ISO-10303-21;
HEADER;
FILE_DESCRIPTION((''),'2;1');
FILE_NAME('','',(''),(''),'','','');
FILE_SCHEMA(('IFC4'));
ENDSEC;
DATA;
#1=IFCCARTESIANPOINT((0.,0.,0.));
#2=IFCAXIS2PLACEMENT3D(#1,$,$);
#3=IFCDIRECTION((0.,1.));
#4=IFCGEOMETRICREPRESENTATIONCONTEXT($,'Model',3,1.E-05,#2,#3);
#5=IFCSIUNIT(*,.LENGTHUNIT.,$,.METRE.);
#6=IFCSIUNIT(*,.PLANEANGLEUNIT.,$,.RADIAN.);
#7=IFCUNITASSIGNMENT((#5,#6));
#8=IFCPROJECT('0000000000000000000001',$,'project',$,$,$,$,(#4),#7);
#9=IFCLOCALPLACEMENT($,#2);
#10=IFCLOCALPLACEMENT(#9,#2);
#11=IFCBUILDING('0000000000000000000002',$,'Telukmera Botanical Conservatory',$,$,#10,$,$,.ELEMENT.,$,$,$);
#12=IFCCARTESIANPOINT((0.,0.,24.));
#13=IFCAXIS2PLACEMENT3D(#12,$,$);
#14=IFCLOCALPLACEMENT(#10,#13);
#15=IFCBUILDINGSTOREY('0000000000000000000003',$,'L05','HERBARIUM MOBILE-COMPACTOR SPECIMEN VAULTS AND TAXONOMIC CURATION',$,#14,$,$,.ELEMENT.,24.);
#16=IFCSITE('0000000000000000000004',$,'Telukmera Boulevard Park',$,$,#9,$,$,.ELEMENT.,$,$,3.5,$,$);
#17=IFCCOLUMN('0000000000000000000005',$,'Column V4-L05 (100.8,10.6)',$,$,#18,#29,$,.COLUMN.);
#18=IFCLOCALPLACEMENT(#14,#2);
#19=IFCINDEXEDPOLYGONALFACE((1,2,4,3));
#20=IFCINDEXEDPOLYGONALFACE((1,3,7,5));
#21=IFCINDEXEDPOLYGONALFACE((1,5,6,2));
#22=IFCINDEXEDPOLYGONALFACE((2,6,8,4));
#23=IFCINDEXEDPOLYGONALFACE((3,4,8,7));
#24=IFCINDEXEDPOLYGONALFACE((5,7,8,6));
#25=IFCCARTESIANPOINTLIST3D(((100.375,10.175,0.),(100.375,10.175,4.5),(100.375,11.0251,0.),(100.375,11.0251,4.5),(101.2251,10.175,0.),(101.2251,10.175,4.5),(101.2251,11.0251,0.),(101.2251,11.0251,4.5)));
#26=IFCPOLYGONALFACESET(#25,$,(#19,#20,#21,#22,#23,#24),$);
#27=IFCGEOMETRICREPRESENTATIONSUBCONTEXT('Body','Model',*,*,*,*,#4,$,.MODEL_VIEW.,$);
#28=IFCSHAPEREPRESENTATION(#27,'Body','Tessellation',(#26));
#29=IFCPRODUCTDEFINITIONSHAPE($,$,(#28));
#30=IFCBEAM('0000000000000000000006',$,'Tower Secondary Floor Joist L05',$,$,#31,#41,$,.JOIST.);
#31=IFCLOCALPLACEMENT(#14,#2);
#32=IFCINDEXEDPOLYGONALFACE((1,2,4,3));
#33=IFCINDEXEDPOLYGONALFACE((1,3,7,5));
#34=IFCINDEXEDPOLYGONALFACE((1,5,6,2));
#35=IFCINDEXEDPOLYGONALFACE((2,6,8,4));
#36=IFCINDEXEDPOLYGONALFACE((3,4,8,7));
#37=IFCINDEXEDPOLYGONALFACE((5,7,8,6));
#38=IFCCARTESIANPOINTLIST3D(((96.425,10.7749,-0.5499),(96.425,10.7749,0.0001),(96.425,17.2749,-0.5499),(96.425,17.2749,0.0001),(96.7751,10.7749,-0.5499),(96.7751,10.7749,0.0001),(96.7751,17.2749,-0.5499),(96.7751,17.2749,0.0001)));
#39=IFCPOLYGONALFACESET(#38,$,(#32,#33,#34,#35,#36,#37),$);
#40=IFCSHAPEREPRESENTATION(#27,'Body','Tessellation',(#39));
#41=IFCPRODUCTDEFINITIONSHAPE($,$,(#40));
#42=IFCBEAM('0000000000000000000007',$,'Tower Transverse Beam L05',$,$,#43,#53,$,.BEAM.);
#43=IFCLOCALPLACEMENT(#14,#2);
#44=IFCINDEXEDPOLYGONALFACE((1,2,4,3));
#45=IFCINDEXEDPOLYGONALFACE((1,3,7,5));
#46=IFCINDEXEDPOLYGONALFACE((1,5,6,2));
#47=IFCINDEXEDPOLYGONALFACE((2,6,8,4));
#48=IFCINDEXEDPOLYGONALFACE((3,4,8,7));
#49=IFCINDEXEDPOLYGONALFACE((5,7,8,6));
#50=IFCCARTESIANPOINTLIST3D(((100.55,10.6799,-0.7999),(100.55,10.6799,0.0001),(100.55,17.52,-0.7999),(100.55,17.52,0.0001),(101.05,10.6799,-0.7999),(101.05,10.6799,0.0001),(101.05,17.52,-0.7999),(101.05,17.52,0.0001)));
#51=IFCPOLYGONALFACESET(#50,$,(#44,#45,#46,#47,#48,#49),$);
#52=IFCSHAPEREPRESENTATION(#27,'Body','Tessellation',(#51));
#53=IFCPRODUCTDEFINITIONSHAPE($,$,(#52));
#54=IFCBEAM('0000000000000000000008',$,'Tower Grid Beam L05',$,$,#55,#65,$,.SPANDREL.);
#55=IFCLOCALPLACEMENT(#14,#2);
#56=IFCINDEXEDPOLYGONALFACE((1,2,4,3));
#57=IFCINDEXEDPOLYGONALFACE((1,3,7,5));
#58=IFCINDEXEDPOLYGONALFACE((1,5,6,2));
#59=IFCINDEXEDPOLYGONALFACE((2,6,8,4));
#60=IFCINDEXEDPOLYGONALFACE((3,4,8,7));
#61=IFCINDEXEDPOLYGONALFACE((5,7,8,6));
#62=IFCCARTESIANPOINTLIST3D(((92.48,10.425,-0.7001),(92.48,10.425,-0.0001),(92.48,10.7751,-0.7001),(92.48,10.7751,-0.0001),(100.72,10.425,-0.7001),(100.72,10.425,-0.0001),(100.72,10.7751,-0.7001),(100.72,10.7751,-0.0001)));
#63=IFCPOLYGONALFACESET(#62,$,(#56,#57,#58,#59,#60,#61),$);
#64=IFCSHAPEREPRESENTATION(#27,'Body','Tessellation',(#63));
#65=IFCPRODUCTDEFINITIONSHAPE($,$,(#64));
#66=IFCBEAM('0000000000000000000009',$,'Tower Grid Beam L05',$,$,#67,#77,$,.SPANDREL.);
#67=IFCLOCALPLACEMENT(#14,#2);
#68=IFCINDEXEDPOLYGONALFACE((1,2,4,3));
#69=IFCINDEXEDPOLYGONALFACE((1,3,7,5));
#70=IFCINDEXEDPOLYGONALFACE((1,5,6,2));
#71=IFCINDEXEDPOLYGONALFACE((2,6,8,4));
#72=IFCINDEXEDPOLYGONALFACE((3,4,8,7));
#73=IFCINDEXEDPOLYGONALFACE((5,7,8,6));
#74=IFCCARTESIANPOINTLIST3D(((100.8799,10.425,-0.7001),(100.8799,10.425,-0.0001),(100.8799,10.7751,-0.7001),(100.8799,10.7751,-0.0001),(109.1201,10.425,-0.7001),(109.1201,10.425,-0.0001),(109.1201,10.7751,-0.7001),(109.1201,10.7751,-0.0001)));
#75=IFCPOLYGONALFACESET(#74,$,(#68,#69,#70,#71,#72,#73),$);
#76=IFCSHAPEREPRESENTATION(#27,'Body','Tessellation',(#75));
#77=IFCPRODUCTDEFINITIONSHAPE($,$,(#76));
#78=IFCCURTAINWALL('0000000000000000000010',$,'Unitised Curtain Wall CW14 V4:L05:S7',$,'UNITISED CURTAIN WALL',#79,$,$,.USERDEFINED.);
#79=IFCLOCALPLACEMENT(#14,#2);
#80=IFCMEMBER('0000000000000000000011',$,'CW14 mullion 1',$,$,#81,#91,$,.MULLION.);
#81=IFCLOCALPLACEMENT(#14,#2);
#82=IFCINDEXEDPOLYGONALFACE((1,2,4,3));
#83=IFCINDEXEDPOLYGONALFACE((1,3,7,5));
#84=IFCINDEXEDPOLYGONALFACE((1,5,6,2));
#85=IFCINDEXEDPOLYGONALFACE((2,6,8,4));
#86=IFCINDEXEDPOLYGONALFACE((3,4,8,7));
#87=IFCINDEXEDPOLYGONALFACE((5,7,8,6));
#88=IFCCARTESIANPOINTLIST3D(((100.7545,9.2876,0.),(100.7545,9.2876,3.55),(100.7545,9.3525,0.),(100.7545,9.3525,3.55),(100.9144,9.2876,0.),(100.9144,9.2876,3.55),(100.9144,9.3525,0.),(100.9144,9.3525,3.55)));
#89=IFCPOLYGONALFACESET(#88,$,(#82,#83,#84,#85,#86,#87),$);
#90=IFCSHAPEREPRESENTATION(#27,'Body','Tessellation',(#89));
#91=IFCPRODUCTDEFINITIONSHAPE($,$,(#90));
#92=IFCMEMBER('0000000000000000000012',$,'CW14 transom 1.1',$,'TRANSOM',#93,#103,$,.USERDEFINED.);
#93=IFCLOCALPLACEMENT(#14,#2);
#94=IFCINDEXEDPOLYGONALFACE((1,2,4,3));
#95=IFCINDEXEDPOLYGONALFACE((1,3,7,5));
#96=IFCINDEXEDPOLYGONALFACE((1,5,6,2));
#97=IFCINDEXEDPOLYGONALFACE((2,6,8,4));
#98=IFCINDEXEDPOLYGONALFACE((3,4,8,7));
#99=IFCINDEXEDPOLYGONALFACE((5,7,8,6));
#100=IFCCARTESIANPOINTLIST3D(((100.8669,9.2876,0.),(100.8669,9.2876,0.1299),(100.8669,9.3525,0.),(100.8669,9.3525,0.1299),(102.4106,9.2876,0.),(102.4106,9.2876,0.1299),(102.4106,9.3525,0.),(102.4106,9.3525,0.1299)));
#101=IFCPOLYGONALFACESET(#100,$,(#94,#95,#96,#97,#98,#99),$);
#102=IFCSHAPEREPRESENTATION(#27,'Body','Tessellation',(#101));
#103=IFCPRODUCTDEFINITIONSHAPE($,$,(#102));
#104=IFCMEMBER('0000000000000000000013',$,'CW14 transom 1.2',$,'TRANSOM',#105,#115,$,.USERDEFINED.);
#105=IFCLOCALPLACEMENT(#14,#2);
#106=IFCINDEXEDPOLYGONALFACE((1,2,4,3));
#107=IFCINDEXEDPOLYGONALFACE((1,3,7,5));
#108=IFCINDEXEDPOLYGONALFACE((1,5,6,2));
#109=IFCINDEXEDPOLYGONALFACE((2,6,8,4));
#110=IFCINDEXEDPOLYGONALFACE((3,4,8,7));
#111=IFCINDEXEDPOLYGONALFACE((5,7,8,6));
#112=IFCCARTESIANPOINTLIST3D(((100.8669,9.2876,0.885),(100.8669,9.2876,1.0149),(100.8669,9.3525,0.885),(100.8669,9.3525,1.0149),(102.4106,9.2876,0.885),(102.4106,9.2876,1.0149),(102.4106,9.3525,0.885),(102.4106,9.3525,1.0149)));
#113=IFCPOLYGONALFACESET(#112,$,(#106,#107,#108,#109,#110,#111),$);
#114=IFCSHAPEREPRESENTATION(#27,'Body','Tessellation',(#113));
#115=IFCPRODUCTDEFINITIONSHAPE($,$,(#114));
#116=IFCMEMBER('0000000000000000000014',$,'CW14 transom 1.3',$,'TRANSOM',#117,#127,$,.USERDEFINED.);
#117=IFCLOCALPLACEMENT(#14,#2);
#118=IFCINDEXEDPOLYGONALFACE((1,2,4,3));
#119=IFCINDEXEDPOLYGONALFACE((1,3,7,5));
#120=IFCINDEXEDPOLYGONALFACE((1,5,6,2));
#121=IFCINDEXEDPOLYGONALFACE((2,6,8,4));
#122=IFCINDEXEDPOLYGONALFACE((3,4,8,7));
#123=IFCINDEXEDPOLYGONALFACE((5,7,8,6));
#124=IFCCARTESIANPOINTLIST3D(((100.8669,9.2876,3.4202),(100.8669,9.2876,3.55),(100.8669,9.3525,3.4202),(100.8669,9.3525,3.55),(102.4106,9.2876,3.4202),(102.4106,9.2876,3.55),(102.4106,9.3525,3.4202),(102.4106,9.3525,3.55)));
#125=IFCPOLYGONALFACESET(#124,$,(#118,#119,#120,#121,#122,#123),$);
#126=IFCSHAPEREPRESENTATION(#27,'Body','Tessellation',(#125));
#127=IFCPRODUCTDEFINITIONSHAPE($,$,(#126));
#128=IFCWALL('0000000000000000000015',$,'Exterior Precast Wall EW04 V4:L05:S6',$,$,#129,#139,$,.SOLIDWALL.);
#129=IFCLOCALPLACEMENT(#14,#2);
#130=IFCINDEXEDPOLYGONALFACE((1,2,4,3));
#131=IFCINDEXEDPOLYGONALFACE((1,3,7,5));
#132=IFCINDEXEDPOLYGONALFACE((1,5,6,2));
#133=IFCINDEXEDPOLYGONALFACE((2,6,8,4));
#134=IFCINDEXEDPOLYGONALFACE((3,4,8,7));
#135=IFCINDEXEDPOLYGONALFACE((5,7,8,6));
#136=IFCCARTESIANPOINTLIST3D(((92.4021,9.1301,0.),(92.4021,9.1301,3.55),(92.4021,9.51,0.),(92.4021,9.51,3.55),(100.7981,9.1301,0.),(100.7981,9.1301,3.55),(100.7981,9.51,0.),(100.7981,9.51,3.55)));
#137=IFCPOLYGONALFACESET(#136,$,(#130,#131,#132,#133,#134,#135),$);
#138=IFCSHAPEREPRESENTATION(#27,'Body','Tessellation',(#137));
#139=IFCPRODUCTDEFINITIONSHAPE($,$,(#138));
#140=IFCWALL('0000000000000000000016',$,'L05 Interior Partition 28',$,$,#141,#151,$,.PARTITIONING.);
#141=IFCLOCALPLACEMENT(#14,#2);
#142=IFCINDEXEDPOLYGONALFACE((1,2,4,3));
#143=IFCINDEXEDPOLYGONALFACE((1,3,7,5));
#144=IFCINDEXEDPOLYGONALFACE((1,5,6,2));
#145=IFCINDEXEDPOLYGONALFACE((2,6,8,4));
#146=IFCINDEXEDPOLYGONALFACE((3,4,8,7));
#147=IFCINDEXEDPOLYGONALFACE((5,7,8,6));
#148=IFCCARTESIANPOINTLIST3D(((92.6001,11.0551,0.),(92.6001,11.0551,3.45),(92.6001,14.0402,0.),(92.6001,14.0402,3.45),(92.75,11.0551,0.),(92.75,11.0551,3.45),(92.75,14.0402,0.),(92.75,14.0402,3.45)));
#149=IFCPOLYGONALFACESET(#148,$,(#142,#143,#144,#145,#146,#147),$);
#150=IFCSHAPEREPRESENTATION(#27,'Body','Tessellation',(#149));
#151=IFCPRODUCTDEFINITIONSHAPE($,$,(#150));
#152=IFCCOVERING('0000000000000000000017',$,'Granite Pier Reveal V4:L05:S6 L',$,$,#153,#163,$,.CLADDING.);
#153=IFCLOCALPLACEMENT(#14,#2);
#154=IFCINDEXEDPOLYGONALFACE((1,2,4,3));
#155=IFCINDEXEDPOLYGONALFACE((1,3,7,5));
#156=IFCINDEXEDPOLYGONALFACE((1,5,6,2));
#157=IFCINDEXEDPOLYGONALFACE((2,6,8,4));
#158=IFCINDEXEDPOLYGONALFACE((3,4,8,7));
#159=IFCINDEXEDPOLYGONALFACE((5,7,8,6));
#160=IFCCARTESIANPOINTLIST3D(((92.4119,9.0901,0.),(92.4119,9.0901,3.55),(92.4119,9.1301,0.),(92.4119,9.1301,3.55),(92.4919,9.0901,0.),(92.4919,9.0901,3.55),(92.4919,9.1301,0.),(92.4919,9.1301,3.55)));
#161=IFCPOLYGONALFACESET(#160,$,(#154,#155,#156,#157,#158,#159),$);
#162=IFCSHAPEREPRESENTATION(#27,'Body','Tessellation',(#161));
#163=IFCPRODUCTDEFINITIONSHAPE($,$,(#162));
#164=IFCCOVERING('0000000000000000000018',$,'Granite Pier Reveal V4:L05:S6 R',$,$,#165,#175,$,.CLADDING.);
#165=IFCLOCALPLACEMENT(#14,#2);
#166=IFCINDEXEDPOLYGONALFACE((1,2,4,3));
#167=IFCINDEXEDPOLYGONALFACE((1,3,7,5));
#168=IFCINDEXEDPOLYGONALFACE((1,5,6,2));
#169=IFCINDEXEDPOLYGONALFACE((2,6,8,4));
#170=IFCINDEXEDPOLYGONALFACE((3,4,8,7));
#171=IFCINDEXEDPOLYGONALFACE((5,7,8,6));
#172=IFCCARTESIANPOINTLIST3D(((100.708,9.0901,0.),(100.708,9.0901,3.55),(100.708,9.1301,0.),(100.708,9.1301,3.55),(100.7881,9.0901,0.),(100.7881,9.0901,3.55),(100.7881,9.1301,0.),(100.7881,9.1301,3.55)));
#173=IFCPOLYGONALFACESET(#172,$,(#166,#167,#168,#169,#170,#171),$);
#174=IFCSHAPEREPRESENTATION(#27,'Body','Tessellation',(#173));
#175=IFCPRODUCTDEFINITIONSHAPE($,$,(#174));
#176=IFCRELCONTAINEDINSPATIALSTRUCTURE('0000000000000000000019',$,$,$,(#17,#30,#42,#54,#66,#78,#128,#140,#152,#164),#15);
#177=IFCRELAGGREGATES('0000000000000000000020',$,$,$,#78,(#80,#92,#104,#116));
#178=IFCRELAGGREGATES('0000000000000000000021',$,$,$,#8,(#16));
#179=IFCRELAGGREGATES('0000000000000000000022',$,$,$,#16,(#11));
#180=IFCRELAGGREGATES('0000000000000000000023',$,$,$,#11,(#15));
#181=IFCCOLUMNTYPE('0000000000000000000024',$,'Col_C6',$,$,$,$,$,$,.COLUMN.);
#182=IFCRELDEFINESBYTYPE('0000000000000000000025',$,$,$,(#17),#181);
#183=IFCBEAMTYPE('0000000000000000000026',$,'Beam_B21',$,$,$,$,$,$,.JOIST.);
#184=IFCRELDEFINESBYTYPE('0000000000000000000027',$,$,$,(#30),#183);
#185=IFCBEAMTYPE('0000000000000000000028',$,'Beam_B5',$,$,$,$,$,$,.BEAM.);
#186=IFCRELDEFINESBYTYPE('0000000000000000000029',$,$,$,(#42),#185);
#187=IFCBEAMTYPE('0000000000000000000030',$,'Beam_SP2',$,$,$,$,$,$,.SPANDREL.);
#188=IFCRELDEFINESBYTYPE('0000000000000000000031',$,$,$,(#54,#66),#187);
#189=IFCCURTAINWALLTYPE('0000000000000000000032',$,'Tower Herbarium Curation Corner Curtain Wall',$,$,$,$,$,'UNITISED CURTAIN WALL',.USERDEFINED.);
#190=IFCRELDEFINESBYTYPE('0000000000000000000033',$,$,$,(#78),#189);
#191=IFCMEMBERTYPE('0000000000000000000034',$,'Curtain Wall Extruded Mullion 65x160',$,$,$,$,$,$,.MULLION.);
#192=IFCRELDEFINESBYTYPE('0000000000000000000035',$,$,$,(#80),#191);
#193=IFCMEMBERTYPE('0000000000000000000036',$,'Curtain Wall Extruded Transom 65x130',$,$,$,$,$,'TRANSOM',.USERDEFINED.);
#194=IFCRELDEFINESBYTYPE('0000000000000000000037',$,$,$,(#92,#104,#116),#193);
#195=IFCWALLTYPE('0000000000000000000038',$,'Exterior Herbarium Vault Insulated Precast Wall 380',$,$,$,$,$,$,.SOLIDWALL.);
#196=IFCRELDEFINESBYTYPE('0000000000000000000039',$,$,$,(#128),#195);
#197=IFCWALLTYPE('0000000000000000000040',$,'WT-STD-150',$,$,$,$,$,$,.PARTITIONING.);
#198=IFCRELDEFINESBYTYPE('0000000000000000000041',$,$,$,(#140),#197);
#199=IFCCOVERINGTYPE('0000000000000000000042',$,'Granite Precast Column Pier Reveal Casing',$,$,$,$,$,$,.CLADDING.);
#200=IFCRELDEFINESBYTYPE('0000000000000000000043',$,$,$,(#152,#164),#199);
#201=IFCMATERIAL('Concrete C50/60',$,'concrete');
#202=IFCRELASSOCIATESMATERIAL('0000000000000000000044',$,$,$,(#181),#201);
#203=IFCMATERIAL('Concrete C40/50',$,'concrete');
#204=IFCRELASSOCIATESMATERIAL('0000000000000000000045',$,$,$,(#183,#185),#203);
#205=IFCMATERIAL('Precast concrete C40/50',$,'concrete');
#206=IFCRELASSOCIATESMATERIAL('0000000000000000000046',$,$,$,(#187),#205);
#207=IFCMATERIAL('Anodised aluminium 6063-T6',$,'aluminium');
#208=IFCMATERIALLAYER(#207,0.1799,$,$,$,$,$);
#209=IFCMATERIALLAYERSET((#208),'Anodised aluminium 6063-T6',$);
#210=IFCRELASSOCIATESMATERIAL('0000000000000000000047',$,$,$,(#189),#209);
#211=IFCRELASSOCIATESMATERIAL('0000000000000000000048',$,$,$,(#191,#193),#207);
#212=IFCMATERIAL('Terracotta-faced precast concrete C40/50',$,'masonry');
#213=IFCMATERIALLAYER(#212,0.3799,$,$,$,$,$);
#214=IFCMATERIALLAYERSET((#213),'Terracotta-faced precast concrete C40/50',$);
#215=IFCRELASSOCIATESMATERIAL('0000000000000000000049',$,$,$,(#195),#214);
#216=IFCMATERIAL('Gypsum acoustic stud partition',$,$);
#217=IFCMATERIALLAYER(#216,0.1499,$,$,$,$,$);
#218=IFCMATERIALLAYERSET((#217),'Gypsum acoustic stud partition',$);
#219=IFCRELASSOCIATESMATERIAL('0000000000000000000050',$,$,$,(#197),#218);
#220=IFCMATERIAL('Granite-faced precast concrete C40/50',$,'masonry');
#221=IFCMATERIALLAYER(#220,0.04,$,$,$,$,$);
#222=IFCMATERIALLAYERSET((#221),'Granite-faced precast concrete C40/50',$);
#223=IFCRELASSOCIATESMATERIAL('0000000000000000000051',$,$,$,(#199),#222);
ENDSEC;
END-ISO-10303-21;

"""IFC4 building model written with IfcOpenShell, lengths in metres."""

from ifc_helpers import new_model, si_unit, direction, frame, frame_2d, origin, origin_2d, place, context, subcontext, project, spatial, rectangle, extrude, material, layer, layer_set, material_profile, profile_set, type_object, element, aggregate, save


model = new_model("IFC4")

# Units and contexts
model_context = context("Model", 3, precision=1e-05, world=origin(), true_north=direction((0.0, 1.0)))
body_context = subcontext(model_context, "Body", "Model", "MODEL_VIEW")
ifc_project = project(units=[si_unit("LENGTHUNIT", "METRE"), si_unit("PLANEANGLEUNIT", "RADIAN")], contexts=[model_context])

# Site, building, storey
site_placement = place(None, origin())
site = spatial("IfcSite", under=ifc_project, at=site_placement, Name="Telukmera Boulevard Park", CompositionType="ELEMENT", RefElevation=3.5)
building_placement = place(site_placement, origin())
building = spatial("IfcBuilding", under=site, at=building_placement, Name="Telukmera Botanical Conservatory", CompositionType="ELEMENT")
storey_placement = place(building_placement, frame((0.0, 0.0, 24.0)))
storey = spatial("IfcBuildingStorey", under=building, at=storey_placement, Name="L05", Description="HERBARIUM MOBILE-COMPACTOR SPECIMEN VAULTS AND TAXONOMIC CURATION", CompositionType="ELEMENT", Elevation=24.0)

# Column
ifc_material_1 = material(Name="Concrete C50/60", Category="concrete")
ifc_material_profile_1 = material_profile(ifc_material_1, rectangle(XDim=0.8501, YDim=0.8501, at=origin_2d()), Name="RC 850x850")
ifc_profile_set_1 = profile_set([ifc_material_profile_1], Name="Concrete C50/60")
column_type = type_object("IfcColumnType", Name="Col_C6", PredefinedType="COLUMN", material=ifc_profile_set_1)
column_placement = place(storey_placement, frame((100.8, 10.6001, 0.0), z_axis=(0.0, 0.0, 1.0), x_axis=(1.0, 0.0, 0.0)))
element("IfcColumn", 1, at=column_placement, inside=storey, type_object=column_type, Name="Column V4-L05 (100.8,10.6)", PredefinedType="COLUMN", context=body_context, shape_type="SweptSolid", body=[
    extrude(rectangle(XDim=0.8501, YDim=0.8501, at=origin_2d()), origin(), (0.0, 0.0, 1.0), 4.5),
])

# Beams
ifc_material_2 = material(Name="Concrete C40/50", Category="concrete")
ifc_material_profile_2 = material_profile(ifc_material_2, rectangle(XDim=0.3501, YDim=0.55, at=origin_2d()), Name="RC 350x550")
ifc_profile_set_2 = profile_set([ifc_material_profile_2], Name="Concrete C40/50")
beam_type_1 = type_object("IfcBeamType", Name="Beam_B21", PredefinedType="JOIST", material=ifc_profile_set_2)
beam_1_placement = place(storey_placement, frame((96.6001, 10.7749, -0.2749), z_axis=(0.0, 1.0, 0.0), x_axis=(-1.0, 0.0, 0.0)))
element("IfcBeam", 2, at=beam_1_placement, inside=storey, type_object=beam_type_1, Name="Tower Secondary Floor Joist L05", PredefinedType="JOIST", context=body_context, shape_type="SweptSolid", body=[
    extrude(rectangle(XDim=0.3501, YDim=0.55, at=origin_2d()), origin(), (0.0, 0.0, 1.0), 6.5),
])
ifc_material_profile_3 = material_profile(ifc_material_2, rectangle(XDim=0.5, YDim=0.8, at=origin_2d()), Name="RC 500x800")
ifc_profile_set_3 = profile_set([ifc_material_profile_3], Name="Concrete C40/50")
beam_type_2 = type_object("IfcBeamType", Name="Beam_B5", PredefinedType="BEAM", material=ifc_profile_set_3)
beam_2_placement = place(storey_placement, frame((100.8, 10.6799, -0.3999), z_axis=(0.0, 1.0, 0.0), x_axis=(-1.0, 0.0, 0.0)))
element("IfcBeam", 3, at=beam_2_placement, inside=storey, type_object=beam_type_2, Name="Tower Transverse Beam L05", PredefinedType="BEAM", context=body_context, shape_type="SweptSolid", body=[
    extrude(rectangle(XDim=0.5, YDim=0.8, at=origin_2d()), origin(), (0.0, 0.0, 1.0), 6.8401),
])
ifc_material_3 = material(Name="Precast concrete C40/50", Category="concrete")
ifc_material_profile_4 = material_profile(ifc_material_3, rectangle(XDim=0.3501, YDim=0.7, at=origin_2d()), Name="PC 350x700")
ifc_profile_set_4 = profile_set([ifc_material_profile_4], Name="Precast concrete C40/50")
beam_type_3 = type_object("IfcBeamType", Name="Beam_SP2", PredefinedType="SPANDREL", material=ifc_profile_set_4)
beam_3_placement = place(storey_placement, frame((92.48, 10.6001, -0.3501), z_axis=(1.0, 0.0, 0.0), x_axis=(0.0, 1.0, 0.0)))
element("IfcBeam", 4, at=beam_3_placement, inside=storey, type_object=beam_type_3, Name="Tower Grid Beam L05", PredefinedType="SPANDREL", context=body_context, shape_type="SweptSolid", body=[
    extrude(rectangle(XDim=0.3501, YDim=0.7, at=origin_2d()), origin(), (0.0, 0.0, 1.0), 8.24),
])
beam_4_placement = place(storey_placement, frame((100.8799, 10.6001, -0.3501), z_axis=(1.0, 0.0, 0.0), x_axis=(0.0, 1.0, 0.0)))
element("IfcBeam", 5, at=beam_4_placement, inside=storey, type_object=beam_type_3, Name="Tower Grid Beam L05", PredefinedType="SPANDREL", context=body_context, shape_type="SweptSolid", body=[
    extrude(rectangle(XDim=0.3501, YDim=0.7, at=origin_2d()), origin(), (0.0, 0.0, 1.0), 8.2402),
])

# Curtain wall, members
ifc_material_4 = material(Name="Anodised aluminium 6063-T6", Category="aluminium")
ifc_layer_1 = layer(ifc_material_4, 0.1799)
ifc_layer_set_1 = layer_set([ifc_layer_1], Name="Anodised aluminium 6063-T6")
curtain_wall_type = type_object("IfcCurtainWallType", Name="Tower Herbarium Curation Corner Curtain Wall", ElementType="UNITISED CURTAIN WALL", PredefinedType="USERDEFINED", material=ifc_layer_set_1)
curtain_wall_placement = place(storey_placement, origin())
curtain_wall = element("IfcCurtainWall", 6, at=curtain_wall_placement, inside=storey, type_object=curtain_wall_type, Name="Unitised Curtain Wall CW14 V4:L05:S7", ObjectType="UNITISED CURTAIN WALL", PredefinedType="USERDEFINED")
ifc_material_profile_5 = material_profile(ifc_material_4, rectangle(XDim=0.0649, YDim=0.1599, at=origin_2d()), Name="ALU MULL 65x160")
ifc_profile_set_5 = profile_set([ifc_material_profile_5], Name="Anodised aluminium 6063-T6")
member_type_1 = type_object("IfcMemberType", Name="Curtain Wall Extruded Mullion 65x160", PredefinedType="MULLION", material=ifc_profile_set_5)
member_1_placement = place(storey_placement, frame((100.8345, 9.3201, 0.0), z_axis=(0.0, 0.0, 1.0), x_axis=(0.0, 1.0, 0.0)))
member_1 = element("IfcMember", 7, at=member_1_placement, type_object=member_type_1, Name="CW14 mullion 1", PredefinedType="MULLION", context=body_context, shape_type="SweptSolid", body=[
    extrude(rectangle(XDim=0.0649, YDim=0.1599, at=origin_2d()), origin(), (0.0, 0.0, 1.0), 3.55),
])
ifc_material_profile_6 = material_profile(ifc_material_4, rectangle(XDim=0.0649, YDim=0.1299, at=origin_2d()), Name="ALU TRAN 65x130")
ifc_profile_set_6 = profile_set([ifc_material_profile_6], Name="Anodised aluminium 6063-T6")
member_type_2 = type_object("IfcMemberType", Name="Curtain Wall Extruded Transom 65x130", ElementType="TRANSOM", PredefinedType="USERDEFINED", material=ifc_profile_set_6)
member_2_placement = place(storey_placement, frame((100.8669, 9.3201, 0.0649), z_axis=(1.0, 0.0, 0.0), x_axis=(0.0, 1.0, 0.0)))
member_2 = element("IfcMember", 8, at=member_2_placement, type_object=member_type_2, Name="CW14 transom 1.1", ObjectType="TRANSOM", PredefinedType="USERDEFINED", context=body_context, shape_type="SweptSolid", body=[
    extrude(rectangle(XDim=0.0649, YDim=0.1299, at=origin_2d()), origin(), (0.0, 0.0, 1.0), 1.5437),
])
member_3_placement = place(storey_placement, frame((100.8669, 9.3201, 0.95), z_axis=(1.0, 0.0, 0.0), x_axis=(0.0, 1.0, 0.0)))
member_3 = element("IfcMember", 9, at=member_3_placement, type_object=member_type_2, Name="CW14 transom 1.2", ObjectType="TRANSOM", PredefinedType="USERDEFINED", context=body_context, shape_type="SweptSolid", body=[
    extrude(rectangle(XDim=0.0649, YDim=0.1299, at=origin_2d()), origin(), (0.0, 0.0, 1.0), 1.5437),
])
member_4_placement = place(storey_placement, frame((100.8669, 9.3201, 3.4851), z_axis=(1.0, 0.0, 0.0), x_axis=(0.0, 1.0, 0.0)))
member_4 = element("IfcMember", 10, at=member_4_placement, type_object=member_type_2, Name="CW14 transom 1.3", ObjectType="TRANSOM", PredefinedType="USERDEFINED", context=body_context, shape_type="SweptSolid", body=[
    extrude(rectangle(XDim=0.0649, YDim=0.1299, at=origin_2d()), origin(), (0.0, 0.0, 1.0), 1.5437),
])
aggregate(curtain_wall, [member_1, member_2, member_3, member_4])

# Walls
ifc_material_5 = material(Name="Terracotta-faced precast concrete C40/50", Category="masonry")
ifc_layer_2 = layer(ifc_material_5, 0.3799)
ifc_layer_set_2 = layer_set([ifc_layer_2], Name="Terracotta-faced precast concrete C40/50")
wall_type_1 = type_object("IfcWallType", Name="Exterior Herbarium Vault Insulated Precast Wall 380", PredefinedType="SOLIDWALL", material=ifc_layer_set_2)
wall_1_placement = place(storey_placement, frame((92.4021, 9.3201, 0.0), z_axis=(0.0, 0.0, 1.0), x_axis=(1.0, 0.0, 0.0)))
element("IfcWall", 11, at=wall_1_placement, inside=storey, type_object=wall_type_1, Name="Exterior Precast Wall EW04 V4:L05:S6", PredefinedType="SOLIDWALL", context=body_context, shape_type="SweptSolid", body=[
    extrude(rectangle(XDim=8.396, YDim=0.3799, at=frame_2d((4.198, 0.0))), origin(), (0.0, 0.0, 1.0), 3.55),
])
ifc_material_6 = material(Name="Gypsum acoustic stud partition")
ifc_layer_3 = layer(ifc_material_6, 0.1499)
ifc_layer_set_3 = layer_set([ifc_layer_3], Name="Gypsum acoustic stud partition")
wall_type_2 = type_object("IfcWallType", Name="WT-STD-150", PredefinedType="PARTITIONING", material=ifc_layer_set_3)
wall_2_placement = place(storey_placement, frame((92.675, 11.0549, 0.0), z_axis=(0.0, 0.0, 1.0), x_axis=(0.0, 1.0, 0.0)))
element("IfcWall", 12, at=wall_2_placement, inside=storey, type_object=wall_type_2, Name="L05 Interior Partition 28", PredefinedType="PARTITIONING", context=body_context, shape_type="SweptSolid", body=[
    extrude(rectangle(XDim=2.9851, YDim=0.1499, at=frame_2d((1.4927, 0.0))), origin(), (0.0, 0.0, 1.0), 3.45),
])

# Coverings
ifc_material_7 = material(Name="Granite-faced precast concrete C40/50", Category="masonry")
ifc_layer_4 = layer(ifc_material_7, 0.04)
ifc_layer_set_4 = layer_set([ifc_layer_4], Name="Granite-faced precast concrete C40/50")
covering_type_1 = type_object("IfcCoveringType", Name="Granite Precast Column Pier Reveal Casing", PredefinedType="CLADDING", material=ifc_layer_set_4)
for number, where, z_axis, x_axis, name in (
    (13, (92.4519, 9.1101, 0.0), (0.0, 0.0, 1.0), (1.0, 0.0, 0.0), "Granite Pier Reveal V4:L05:S6 L"),
    (14, (100.748, 9.1101, 0.0), (0.0, 0.0, 1.0), (1.0, 0.0, 0.0), "Granite Pier Reveal V4:L05:S6 R"),
):
    element("IfcCovering", number, at=place(storey_placement, frame(where, z_axis=z_axis, x_axis=x_axis)), inside=storey, type_object=covering_type_1, Name=name, PredefinedType="CLADDING", context=body_context, shape_type="SweptSolid", body=[
        extrude(rectangle(XDim=0.0801, YDim=0.04, at=origin_2d()), origin(), (0.0, 0.0, 1.0), 3.55),
    ])

save(model, "model.ifc")
